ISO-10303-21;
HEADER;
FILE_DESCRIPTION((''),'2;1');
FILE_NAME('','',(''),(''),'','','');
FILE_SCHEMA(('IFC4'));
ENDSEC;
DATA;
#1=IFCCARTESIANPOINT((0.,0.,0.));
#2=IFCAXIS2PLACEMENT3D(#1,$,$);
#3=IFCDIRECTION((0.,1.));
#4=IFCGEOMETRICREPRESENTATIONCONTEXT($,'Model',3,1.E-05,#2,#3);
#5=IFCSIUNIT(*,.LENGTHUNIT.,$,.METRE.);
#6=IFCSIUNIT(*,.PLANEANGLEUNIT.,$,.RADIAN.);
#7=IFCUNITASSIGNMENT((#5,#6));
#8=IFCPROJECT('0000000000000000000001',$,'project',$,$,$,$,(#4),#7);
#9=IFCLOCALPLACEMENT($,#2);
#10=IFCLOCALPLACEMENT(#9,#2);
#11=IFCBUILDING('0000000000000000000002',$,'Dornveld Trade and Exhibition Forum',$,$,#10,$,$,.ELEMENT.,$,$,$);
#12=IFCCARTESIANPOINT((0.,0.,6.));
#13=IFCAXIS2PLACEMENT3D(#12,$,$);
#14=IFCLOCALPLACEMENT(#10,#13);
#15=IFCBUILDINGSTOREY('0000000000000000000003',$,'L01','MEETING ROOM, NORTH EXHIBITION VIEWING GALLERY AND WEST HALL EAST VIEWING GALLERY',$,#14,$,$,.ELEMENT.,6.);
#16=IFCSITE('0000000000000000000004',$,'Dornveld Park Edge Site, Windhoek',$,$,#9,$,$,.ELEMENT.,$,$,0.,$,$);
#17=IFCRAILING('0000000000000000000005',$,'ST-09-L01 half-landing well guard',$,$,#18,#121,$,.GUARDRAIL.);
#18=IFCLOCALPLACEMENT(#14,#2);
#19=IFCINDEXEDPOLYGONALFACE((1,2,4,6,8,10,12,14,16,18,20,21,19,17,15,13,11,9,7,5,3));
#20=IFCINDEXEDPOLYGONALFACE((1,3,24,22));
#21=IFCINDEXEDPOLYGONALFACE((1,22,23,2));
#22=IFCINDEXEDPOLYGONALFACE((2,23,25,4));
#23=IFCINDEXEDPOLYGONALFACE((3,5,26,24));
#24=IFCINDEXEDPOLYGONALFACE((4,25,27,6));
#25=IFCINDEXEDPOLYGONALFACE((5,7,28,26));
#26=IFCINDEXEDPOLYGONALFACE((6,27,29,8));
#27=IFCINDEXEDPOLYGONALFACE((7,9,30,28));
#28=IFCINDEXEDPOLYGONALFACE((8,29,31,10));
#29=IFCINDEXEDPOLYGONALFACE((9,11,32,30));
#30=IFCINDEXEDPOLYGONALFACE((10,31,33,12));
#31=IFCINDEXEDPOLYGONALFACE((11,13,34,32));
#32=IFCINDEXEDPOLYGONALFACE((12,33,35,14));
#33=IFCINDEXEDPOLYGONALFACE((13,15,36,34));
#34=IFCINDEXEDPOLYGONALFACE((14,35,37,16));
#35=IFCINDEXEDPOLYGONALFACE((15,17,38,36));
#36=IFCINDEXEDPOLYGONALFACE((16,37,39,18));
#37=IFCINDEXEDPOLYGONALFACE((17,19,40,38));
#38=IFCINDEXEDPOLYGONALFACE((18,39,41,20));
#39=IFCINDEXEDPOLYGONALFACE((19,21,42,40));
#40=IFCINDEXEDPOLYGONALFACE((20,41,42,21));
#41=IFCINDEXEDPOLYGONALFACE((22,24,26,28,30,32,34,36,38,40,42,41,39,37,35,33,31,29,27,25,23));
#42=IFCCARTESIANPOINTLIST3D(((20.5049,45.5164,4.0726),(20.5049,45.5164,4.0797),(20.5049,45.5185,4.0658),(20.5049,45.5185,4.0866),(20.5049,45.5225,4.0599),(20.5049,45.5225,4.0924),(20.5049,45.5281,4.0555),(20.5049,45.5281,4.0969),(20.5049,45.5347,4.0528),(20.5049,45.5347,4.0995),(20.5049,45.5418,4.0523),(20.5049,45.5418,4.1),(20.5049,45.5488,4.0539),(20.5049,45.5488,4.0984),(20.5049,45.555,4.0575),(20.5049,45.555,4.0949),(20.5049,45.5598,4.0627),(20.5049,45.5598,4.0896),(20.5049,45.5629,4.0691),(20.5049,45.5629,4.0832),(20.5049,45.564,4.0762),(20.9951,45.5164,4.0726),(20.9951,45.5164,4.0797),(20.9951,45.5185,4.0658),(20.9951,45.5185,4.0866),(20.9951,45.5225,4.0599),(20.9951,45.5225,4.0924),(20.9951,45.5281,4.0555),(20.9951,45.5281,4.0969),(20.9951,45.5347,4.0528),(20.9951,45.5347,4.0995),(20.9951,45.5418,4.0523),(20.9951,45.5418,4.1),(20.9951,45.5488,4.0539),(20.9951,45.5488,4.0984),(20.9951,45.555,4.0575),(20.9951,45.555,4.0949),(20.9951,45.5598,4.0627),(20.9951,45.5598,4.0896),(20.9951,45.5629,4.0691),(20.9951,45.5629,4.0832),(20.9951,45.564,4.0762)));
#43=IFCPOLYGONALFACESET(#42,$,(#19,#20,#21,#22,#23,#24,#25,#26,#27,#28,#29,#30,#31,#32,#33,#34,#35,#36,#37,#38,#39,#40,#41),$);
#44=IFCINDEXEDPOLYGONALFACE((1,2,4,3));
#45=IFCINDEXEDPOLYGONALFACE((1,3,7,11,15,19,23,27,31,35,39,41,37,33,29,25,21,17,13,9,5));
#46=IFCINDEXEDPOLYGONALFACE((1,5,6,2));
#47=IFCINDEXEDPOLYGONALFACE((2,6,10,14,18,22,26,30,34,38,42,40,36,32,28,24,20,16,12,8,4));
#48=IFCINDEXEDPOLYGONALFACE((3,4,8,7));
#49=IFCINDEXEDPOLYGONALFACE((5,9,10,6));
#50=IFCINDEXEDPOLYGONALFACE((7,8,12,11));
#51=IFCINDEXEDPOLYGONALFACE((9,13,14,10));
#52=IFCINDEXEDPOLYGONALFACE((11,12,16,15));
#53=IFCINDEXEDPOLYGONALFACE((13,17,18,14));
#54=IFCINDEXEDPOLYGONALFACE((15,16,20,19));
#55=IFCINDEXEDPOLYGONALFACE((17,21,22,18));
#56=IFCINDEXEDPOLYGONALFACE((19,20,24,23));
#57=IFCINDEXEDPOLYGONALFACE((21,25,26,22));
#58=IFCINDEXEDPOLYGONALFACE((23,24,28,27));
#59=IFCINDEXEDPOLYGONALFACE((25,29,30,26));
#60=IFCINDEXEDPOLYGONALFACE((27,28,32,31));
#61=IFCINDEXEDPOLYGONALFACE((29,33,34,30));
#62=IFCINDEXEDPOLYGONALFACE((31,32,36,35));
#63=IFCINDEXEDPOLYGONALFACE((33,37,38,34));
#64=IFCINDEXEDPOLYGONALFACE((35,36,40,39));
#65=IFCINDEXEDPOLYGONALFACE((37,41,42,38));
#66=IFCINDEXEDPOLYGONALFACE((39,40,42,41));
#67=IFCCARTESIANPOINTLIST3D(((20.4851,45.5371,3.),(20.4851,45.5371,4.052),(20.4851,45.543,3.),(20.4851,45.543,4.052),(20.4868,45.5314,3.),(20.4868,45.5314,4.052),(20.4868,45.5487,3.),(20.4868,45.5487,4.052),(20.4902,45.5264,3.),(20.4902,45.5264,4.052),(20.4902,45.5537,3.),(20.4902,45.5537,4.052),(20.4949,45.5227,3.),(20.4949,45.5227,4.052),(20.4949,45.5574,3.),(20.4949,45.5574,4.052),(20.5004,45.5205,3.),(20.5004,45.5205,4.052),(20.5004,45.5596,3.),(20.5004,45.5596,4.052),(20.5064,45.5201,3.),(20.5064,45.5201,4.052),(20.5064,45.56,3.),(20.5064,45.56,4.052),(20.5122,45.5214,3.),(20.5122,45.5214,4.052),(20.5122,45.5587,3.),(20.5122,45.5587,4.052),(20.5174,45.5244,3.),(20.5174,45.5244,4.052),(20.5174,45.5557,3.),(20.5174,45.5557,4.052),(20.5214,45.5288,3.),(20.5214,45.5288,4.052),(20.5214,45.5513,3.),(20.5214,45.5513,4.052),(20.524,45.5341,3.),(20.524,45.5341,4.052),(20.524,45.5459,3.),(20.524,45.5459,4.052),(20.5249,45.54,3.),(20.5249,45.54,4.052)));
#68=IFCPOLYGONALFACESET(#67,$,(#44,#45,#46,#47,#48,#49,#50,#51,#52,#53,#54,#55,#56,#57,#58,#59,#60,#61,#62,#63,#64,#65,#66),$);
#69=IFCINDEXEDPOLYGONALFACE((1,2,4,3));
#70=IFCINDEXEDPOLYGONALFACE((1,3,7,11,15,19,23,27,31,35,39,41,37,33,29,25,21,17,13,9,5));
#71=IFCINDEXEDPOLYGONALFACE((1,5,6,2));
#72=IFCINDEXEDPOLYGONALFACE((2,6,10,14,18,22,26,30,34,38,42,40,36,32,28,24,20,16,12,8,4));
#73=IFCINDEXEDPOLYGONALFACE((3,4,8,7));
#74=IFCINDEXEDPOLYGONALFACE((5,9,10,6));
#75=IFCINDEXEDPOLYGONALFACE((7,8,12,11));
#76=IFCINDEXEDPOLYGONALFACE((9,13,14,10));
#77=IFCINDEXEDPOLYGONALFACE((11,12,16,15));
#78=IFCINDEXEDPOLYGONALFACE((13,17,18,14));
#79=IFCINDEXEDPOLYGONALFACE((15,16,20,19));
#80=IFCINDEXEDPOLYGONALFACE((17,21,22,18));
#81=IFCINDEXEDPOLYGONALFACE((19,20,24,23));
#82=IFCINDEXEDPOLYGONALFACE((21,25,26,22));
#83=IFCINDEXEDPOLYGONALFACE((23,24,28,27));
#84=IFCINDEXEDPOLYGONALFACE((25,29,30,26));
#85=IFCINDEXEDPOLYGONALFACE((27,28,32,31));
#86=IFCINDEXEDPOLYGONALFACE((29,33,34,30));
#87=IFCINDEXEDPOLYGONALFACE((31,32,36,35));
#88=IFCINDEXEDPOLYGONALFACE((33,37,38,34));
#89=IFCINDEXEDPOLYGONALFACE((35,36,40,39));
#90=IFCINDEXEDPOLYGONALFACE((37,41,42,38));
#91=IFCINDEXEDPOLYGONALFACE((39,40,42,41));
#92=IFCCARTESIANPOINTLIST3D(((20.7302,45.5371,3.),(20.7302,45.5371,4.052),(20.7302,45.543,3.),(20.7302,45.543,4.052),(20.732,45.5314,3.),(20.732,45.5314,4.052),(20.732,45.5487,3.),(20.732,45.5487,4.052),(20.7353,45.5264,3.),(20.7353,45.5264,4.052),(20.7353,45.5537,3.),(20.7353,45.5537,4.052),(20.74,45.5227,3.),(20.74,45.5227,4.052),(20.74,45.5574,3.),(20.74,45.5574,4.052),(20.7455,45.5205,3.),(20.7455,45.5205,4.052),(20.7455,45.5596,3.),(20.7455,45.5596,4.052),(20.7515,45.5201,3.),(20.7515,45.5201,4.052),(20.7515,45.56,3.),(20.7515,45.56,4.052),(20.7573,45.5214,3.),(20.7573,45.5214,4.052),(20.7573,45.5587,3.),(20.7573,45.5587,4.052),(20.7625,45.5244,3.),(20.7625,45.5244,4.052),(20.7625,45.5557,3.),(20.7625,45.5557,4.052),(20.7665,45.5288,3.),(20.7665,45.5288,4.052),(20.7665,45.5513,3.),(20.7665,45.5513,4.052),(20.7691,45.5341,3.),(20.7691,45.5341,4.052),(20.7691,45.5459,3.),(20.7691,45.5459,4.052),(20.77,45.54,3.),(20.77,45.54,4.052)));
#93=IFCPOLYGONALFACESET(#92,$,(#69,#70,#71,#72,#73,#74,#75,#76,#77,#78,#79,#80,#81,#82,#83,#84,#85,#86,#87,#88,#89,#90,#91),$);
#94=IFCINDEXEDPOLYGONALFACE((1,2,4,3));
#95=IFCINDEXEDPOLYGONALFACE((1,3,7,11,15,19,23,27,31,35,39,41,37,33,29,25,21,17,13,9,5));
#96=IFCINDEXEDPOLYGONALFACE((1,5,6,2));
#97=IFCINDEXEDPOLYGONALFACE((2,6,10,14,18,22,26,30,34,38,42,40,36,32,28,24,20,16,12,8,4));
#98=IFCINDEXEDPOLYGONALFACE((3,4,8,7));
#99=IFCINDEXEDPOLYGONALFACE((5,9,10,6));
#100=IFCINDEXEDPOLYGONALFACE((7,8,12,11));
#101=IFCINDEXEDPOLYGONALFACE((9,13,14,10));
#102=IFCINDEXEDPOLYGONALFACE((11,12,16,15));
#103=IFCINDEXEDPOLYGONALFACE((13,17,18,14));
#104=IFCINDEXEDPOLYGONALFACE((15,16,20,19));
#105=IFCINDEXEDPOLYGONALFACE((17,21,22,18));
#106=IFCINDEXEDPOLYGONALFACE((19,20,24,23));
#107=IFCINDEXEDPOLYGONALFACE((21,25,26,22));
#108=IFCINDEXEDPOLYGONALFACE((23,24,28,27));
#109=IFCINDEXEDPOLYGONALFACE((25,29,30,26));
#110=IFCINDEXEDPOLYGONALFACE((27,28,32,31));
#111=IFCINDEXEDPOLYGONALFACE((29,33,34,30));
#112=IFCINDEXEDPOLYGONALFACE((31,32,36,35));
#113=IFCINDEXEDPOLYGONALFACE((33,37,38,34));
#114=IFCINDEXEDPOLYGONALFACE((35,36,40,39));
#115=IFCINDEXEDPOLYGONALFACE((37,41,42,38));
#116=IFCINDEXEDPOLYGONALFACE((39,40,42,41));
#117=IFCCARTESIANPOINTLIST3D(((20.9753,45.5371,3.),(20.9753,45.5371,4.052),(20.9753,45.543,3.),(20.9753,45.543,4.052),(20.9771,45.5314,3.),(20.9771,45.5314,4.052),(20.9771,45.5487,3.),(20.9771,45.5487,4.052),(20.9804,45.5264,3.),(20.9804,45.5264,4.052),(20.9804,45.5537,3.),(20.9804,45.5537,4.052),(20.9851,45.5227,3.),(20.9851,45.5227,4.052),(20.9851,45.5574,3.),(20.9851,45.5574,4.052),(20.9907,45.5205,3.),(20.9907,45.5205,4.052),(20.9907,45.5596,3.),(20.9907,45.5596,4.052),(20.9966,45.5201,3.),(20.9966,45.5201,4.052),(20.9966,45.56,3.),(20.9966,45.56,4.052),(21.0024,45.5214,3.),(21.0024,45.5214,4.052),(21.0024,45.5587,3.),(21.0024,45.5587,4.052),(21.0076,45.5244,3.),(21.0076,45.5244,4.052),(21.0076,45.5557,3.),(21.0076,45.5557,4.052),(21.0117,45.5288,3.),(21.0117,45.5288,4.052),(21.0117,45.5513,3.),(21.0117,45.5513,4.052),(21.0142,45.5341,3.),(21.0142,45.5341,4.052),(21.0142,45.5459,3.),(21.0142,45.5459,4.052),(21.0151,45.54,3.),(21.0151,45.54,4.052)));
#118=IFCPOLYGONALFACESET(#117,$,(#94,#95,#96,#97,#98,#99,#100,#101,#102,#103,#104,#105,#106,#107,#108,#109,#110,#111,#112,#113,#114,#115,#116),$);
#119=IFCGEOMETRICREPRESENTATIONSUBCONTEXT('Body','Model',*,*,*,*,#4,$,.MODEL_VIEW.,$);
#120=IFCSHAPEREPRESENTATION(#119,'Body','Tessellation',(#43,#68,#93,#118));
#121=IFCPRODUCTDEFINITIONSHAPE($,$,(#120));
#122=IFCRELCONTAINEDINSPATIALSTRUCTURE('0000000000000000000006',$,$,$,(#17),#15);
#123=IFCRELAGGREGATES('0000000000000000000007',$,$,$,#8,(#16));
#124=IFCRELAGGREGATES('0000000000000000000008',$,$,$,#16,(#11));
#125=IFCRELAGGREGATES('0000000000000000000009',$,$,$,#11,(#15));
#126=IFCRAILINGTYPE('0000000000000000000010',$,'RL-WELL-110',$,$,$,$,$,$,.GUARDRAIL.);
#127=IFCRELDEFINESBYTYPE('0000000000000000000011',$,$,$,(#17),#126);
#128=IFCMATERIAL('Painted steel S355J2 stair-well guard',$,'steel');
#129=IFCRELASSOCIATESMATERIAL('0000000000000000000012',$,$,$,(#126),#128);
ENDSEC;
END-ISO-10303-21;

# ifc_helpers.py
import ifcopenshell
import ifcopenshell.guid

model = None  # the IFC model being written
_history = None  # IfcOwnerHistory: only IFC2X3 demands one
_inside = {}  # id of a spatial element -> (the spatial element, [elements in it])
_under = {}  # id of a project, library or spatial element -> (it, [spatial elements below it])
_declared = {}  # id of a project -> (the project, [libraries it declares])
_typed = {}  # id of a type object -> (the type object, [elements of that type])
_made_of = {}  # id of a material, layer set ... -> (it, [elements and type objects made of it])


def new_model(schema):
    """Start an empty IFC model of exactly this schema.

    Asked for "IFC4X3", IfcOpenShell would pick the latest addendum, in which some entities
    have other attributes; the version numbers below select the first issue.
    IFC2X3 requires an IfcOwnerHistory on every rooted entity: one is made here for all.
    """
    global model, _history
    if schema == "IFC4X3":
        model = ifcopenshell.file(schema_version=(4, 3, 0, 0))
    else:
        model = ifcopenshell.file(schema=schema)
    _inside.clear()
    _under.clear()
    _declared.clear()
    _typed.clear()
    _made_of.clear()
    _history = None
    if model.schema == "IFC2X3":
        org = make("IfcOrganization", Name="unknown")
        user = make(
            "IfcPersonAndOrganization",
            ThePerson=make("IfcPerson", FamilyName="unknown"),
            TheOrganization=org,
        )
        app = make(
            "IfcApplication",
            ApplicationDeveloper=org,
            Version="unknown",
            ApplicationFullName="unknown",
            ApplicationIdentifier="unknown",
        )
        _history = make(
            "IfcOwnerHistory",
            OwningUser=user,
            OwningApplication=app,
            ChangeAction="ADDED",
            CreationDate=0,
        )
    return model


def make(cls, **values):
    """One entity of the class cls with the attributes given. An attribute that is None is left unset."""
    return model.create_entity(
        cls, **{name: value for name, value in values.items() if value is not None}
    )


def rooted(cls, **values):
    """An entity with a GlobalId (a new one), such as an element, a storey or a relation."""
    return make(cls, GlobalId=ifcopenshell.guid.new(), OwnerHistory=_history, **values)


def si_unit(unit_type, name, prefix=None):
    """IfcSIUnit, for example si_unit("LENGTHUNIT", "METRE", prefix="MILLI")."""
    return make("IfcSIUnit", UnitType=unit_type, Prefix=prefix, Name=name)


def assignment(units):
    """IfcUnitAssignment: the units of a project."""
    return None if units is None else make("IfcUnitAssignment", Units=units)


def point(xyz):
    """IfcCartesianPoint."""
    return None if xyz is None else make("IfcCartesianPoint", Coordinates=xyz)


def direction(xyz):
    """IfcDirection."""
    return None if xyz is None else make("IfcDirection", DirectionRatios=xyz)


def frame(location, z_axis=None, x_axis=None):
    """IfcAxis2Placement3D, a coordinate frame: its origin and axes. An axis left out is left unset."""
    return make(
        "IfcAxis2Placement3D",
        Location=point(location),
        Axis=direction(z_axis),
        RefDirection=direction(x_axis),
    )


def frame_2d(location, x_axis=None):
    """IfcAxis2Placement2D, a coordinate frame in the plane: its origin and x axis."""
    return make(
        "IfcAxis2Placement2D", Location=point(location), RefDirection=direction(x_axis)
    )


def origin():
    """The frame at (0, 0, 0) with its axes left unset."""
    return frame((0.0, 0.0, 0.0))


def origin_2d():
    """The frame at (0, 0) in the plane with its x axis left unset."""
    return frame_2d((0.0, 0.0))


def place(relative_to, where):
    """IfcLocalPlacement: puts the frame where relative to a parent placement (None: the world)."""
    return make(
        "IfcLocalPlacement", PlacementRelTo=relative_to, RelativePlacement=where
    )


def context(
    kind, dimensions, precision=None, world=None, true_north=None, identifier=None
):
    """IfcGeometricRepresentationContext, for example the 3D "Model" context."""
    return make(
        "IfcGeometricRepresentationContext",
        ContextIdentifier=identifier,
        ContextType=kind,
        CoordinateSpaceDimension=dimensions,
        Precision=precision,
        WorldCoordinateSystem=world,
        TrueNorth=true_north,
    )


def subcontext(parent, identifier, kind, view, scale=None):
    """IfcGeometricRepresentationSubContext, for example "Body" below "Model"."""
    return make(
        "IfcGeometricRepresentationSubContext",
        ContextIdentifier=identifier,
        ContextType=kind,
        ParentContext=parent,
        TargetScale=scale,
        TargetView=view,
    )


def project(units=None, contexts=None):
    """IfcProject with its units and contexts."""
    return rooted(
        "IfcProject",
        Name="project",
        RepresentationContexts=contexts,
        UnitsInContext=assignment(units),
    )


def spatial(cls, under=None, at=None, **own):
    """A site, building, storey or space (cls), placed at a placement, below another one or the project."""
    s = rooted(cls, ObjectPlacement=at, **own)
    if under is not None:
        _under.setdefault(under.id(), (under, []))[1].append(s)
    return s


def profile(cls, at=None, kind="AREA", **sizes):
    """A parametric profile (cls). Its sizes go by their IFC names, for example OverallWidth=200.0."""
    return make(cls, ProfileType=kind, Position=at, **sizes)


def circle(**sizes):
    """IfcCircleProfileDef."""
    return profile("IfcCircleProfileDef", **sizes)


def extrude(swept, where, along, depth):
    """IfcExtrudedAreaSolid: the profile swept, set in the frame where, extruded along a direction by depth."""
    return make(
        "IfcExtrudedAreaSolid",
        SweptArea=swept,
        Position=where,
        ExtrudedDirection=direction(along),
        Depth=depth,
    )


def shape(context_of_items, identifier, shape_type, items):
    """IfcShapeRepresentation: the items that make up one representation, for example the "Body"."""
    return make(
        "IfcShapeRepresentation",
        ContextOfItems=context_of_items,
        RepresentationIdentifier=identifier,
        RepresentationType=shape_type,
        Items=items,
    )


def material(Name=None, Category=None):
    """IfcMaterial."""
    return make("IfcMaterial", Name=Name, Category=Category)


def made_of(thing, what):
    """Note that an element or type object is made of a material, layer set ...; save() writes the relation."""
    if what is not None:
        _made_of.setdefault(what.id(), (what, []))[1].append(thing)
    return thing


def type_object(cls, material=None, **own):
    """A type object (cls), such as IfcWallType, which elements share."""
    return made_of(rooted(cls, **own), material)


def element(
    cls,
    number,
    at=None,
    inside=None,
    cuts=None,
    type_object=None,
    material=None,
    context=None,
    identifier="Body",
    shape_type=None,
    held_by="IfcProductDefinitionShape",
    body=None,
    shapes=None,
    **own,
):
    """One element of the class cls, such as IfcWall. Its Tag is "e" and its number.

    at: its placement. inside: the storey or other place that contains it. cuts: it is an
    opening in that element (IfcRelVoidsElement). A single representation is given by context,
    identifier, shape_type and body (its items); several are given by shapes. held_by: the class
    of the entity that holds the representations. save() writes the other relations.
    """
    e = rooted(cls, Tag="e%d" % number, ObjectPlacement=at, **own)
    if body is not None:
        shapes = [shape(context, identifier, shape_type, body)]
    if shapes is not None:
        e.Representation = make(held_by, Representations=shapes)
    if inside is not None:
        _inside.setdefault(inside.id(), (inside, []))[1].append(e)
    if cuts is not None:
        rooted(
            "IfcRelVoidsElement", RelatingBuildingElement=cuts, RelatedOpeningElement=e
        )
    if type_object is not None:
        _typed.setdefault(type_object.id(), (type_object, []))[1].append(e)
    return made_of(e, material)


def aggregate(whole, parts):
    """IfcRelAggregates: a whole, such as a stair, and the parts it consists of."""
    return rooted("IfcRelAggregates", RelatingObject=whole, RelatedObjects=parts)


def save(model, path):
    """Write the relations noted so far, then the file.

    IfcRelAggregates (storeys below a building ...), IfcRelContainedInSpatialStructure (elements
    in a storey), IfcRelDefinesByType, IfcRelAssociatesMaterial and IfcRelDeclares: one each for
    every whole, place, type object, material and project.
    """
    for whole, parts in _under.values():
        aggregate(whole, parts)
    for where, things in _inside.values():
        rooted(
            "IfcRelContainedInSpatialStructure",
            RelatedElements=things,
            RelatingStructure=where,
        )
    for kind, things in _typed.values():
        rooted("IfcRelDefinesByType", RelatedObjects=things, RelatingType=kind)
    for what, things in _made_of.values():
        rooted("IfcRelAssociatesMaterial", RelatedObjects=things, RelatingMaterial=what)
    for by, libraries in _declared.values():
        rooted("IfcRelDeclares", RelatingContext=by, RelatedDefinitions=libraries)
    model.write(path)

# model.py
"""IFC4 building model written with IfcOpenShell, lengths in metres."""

from ifc_helpers import new_model, si_unit, direction, frame, origin, origin_2d, place, context, subcontext, project, spatial, circle, extrude, material, type_object, element, save


model = new_model("IFC4")

# Units and contexts
model_context = context("Model", 3, precision=1e-05, world=origin(), true_north=direction((0.0, 1.0)))
body_context = subcontext(model_context, "Body", "Model", "MODEL_VIEW")
ifc_project = project(units=[si_unit("LENGTHUNIT", "METRE"), si_unit("PLANEANGLEUNIT", "RADIAN")], contexts=[model_context])

# Site, building, storey
site_placement = place(None, origin())
site = spatial("IfcSite", under=ifc_project, at=site_placement, Name="Dornveld Park Edge Site, Windhoek", CompositionType="ELEMENT", RefElevation=0.0)
building_placement = place(site_placement, origin())
building = spatial("IfcBuilding", under=site, at=building_placement, Name="Dornveld Trade and Exhibition Forum", CompositionType="ELEMENT")
storey_placement = place(building_placement, frame((0.0, 0.0, 6.0)))
storey = spatial("IfcBuildingStorey", under=building, at=storey_placement, Name="L01", Description="MEETING ROOM, NORTH EXHIBITION VIEWING GALLERY AND WEST HALL EAST VIEWING GALLERY", CompositionType="ELEMENT", Elevation=6.0)

# Railing
ifc_material_1 = material(Name="Painted steel S355J2 stair-well guard", Category="steel")
railing_type_1 = type_object("IfcRailingType", Name="RL-WELL-110", PredefinedType="GUARDRAIL", material=ifc_material_1)
railing_1_placement = place(storey_placement, frame((20.5049, 45.54, 3.0)))
element("IfcRailing", 1, at=railing_1_placement, inside=storey, type_object=railing_type_1, Name="ST-09-L01 half-landing well guard", PredefinedType="GUARDRAIL", context=body_context, shape_type="SweptSolid", body=[
    extrude(circle(Radius=0.0239, at=origin_2d()), frame((0.0, 0.0, 1.0762), z_axis=(1.0, 0.0, 0.0), x_axis=(0.0, 1.0, 0.0)), (0.0, 0.0, 1.0), 0.4902),
    extrude(circle(Radius=0.02, at=origin_2d()), origin(), (0.0, 0.0, 1.0), 1.052),
    extrude(circle(Radius=0.02, at=origin_2d()), frame((0.2451, 0.0, 0.0)), (0.0, 0.0, 1.0), 1.052),
    extrude(circle(Radius=0.02, at=origin_2d()), frame((0.4902, 0.0, 0.0)), (0.0, 0.0, 1.0), 1.052),
])

save(model, "model.ifc")
